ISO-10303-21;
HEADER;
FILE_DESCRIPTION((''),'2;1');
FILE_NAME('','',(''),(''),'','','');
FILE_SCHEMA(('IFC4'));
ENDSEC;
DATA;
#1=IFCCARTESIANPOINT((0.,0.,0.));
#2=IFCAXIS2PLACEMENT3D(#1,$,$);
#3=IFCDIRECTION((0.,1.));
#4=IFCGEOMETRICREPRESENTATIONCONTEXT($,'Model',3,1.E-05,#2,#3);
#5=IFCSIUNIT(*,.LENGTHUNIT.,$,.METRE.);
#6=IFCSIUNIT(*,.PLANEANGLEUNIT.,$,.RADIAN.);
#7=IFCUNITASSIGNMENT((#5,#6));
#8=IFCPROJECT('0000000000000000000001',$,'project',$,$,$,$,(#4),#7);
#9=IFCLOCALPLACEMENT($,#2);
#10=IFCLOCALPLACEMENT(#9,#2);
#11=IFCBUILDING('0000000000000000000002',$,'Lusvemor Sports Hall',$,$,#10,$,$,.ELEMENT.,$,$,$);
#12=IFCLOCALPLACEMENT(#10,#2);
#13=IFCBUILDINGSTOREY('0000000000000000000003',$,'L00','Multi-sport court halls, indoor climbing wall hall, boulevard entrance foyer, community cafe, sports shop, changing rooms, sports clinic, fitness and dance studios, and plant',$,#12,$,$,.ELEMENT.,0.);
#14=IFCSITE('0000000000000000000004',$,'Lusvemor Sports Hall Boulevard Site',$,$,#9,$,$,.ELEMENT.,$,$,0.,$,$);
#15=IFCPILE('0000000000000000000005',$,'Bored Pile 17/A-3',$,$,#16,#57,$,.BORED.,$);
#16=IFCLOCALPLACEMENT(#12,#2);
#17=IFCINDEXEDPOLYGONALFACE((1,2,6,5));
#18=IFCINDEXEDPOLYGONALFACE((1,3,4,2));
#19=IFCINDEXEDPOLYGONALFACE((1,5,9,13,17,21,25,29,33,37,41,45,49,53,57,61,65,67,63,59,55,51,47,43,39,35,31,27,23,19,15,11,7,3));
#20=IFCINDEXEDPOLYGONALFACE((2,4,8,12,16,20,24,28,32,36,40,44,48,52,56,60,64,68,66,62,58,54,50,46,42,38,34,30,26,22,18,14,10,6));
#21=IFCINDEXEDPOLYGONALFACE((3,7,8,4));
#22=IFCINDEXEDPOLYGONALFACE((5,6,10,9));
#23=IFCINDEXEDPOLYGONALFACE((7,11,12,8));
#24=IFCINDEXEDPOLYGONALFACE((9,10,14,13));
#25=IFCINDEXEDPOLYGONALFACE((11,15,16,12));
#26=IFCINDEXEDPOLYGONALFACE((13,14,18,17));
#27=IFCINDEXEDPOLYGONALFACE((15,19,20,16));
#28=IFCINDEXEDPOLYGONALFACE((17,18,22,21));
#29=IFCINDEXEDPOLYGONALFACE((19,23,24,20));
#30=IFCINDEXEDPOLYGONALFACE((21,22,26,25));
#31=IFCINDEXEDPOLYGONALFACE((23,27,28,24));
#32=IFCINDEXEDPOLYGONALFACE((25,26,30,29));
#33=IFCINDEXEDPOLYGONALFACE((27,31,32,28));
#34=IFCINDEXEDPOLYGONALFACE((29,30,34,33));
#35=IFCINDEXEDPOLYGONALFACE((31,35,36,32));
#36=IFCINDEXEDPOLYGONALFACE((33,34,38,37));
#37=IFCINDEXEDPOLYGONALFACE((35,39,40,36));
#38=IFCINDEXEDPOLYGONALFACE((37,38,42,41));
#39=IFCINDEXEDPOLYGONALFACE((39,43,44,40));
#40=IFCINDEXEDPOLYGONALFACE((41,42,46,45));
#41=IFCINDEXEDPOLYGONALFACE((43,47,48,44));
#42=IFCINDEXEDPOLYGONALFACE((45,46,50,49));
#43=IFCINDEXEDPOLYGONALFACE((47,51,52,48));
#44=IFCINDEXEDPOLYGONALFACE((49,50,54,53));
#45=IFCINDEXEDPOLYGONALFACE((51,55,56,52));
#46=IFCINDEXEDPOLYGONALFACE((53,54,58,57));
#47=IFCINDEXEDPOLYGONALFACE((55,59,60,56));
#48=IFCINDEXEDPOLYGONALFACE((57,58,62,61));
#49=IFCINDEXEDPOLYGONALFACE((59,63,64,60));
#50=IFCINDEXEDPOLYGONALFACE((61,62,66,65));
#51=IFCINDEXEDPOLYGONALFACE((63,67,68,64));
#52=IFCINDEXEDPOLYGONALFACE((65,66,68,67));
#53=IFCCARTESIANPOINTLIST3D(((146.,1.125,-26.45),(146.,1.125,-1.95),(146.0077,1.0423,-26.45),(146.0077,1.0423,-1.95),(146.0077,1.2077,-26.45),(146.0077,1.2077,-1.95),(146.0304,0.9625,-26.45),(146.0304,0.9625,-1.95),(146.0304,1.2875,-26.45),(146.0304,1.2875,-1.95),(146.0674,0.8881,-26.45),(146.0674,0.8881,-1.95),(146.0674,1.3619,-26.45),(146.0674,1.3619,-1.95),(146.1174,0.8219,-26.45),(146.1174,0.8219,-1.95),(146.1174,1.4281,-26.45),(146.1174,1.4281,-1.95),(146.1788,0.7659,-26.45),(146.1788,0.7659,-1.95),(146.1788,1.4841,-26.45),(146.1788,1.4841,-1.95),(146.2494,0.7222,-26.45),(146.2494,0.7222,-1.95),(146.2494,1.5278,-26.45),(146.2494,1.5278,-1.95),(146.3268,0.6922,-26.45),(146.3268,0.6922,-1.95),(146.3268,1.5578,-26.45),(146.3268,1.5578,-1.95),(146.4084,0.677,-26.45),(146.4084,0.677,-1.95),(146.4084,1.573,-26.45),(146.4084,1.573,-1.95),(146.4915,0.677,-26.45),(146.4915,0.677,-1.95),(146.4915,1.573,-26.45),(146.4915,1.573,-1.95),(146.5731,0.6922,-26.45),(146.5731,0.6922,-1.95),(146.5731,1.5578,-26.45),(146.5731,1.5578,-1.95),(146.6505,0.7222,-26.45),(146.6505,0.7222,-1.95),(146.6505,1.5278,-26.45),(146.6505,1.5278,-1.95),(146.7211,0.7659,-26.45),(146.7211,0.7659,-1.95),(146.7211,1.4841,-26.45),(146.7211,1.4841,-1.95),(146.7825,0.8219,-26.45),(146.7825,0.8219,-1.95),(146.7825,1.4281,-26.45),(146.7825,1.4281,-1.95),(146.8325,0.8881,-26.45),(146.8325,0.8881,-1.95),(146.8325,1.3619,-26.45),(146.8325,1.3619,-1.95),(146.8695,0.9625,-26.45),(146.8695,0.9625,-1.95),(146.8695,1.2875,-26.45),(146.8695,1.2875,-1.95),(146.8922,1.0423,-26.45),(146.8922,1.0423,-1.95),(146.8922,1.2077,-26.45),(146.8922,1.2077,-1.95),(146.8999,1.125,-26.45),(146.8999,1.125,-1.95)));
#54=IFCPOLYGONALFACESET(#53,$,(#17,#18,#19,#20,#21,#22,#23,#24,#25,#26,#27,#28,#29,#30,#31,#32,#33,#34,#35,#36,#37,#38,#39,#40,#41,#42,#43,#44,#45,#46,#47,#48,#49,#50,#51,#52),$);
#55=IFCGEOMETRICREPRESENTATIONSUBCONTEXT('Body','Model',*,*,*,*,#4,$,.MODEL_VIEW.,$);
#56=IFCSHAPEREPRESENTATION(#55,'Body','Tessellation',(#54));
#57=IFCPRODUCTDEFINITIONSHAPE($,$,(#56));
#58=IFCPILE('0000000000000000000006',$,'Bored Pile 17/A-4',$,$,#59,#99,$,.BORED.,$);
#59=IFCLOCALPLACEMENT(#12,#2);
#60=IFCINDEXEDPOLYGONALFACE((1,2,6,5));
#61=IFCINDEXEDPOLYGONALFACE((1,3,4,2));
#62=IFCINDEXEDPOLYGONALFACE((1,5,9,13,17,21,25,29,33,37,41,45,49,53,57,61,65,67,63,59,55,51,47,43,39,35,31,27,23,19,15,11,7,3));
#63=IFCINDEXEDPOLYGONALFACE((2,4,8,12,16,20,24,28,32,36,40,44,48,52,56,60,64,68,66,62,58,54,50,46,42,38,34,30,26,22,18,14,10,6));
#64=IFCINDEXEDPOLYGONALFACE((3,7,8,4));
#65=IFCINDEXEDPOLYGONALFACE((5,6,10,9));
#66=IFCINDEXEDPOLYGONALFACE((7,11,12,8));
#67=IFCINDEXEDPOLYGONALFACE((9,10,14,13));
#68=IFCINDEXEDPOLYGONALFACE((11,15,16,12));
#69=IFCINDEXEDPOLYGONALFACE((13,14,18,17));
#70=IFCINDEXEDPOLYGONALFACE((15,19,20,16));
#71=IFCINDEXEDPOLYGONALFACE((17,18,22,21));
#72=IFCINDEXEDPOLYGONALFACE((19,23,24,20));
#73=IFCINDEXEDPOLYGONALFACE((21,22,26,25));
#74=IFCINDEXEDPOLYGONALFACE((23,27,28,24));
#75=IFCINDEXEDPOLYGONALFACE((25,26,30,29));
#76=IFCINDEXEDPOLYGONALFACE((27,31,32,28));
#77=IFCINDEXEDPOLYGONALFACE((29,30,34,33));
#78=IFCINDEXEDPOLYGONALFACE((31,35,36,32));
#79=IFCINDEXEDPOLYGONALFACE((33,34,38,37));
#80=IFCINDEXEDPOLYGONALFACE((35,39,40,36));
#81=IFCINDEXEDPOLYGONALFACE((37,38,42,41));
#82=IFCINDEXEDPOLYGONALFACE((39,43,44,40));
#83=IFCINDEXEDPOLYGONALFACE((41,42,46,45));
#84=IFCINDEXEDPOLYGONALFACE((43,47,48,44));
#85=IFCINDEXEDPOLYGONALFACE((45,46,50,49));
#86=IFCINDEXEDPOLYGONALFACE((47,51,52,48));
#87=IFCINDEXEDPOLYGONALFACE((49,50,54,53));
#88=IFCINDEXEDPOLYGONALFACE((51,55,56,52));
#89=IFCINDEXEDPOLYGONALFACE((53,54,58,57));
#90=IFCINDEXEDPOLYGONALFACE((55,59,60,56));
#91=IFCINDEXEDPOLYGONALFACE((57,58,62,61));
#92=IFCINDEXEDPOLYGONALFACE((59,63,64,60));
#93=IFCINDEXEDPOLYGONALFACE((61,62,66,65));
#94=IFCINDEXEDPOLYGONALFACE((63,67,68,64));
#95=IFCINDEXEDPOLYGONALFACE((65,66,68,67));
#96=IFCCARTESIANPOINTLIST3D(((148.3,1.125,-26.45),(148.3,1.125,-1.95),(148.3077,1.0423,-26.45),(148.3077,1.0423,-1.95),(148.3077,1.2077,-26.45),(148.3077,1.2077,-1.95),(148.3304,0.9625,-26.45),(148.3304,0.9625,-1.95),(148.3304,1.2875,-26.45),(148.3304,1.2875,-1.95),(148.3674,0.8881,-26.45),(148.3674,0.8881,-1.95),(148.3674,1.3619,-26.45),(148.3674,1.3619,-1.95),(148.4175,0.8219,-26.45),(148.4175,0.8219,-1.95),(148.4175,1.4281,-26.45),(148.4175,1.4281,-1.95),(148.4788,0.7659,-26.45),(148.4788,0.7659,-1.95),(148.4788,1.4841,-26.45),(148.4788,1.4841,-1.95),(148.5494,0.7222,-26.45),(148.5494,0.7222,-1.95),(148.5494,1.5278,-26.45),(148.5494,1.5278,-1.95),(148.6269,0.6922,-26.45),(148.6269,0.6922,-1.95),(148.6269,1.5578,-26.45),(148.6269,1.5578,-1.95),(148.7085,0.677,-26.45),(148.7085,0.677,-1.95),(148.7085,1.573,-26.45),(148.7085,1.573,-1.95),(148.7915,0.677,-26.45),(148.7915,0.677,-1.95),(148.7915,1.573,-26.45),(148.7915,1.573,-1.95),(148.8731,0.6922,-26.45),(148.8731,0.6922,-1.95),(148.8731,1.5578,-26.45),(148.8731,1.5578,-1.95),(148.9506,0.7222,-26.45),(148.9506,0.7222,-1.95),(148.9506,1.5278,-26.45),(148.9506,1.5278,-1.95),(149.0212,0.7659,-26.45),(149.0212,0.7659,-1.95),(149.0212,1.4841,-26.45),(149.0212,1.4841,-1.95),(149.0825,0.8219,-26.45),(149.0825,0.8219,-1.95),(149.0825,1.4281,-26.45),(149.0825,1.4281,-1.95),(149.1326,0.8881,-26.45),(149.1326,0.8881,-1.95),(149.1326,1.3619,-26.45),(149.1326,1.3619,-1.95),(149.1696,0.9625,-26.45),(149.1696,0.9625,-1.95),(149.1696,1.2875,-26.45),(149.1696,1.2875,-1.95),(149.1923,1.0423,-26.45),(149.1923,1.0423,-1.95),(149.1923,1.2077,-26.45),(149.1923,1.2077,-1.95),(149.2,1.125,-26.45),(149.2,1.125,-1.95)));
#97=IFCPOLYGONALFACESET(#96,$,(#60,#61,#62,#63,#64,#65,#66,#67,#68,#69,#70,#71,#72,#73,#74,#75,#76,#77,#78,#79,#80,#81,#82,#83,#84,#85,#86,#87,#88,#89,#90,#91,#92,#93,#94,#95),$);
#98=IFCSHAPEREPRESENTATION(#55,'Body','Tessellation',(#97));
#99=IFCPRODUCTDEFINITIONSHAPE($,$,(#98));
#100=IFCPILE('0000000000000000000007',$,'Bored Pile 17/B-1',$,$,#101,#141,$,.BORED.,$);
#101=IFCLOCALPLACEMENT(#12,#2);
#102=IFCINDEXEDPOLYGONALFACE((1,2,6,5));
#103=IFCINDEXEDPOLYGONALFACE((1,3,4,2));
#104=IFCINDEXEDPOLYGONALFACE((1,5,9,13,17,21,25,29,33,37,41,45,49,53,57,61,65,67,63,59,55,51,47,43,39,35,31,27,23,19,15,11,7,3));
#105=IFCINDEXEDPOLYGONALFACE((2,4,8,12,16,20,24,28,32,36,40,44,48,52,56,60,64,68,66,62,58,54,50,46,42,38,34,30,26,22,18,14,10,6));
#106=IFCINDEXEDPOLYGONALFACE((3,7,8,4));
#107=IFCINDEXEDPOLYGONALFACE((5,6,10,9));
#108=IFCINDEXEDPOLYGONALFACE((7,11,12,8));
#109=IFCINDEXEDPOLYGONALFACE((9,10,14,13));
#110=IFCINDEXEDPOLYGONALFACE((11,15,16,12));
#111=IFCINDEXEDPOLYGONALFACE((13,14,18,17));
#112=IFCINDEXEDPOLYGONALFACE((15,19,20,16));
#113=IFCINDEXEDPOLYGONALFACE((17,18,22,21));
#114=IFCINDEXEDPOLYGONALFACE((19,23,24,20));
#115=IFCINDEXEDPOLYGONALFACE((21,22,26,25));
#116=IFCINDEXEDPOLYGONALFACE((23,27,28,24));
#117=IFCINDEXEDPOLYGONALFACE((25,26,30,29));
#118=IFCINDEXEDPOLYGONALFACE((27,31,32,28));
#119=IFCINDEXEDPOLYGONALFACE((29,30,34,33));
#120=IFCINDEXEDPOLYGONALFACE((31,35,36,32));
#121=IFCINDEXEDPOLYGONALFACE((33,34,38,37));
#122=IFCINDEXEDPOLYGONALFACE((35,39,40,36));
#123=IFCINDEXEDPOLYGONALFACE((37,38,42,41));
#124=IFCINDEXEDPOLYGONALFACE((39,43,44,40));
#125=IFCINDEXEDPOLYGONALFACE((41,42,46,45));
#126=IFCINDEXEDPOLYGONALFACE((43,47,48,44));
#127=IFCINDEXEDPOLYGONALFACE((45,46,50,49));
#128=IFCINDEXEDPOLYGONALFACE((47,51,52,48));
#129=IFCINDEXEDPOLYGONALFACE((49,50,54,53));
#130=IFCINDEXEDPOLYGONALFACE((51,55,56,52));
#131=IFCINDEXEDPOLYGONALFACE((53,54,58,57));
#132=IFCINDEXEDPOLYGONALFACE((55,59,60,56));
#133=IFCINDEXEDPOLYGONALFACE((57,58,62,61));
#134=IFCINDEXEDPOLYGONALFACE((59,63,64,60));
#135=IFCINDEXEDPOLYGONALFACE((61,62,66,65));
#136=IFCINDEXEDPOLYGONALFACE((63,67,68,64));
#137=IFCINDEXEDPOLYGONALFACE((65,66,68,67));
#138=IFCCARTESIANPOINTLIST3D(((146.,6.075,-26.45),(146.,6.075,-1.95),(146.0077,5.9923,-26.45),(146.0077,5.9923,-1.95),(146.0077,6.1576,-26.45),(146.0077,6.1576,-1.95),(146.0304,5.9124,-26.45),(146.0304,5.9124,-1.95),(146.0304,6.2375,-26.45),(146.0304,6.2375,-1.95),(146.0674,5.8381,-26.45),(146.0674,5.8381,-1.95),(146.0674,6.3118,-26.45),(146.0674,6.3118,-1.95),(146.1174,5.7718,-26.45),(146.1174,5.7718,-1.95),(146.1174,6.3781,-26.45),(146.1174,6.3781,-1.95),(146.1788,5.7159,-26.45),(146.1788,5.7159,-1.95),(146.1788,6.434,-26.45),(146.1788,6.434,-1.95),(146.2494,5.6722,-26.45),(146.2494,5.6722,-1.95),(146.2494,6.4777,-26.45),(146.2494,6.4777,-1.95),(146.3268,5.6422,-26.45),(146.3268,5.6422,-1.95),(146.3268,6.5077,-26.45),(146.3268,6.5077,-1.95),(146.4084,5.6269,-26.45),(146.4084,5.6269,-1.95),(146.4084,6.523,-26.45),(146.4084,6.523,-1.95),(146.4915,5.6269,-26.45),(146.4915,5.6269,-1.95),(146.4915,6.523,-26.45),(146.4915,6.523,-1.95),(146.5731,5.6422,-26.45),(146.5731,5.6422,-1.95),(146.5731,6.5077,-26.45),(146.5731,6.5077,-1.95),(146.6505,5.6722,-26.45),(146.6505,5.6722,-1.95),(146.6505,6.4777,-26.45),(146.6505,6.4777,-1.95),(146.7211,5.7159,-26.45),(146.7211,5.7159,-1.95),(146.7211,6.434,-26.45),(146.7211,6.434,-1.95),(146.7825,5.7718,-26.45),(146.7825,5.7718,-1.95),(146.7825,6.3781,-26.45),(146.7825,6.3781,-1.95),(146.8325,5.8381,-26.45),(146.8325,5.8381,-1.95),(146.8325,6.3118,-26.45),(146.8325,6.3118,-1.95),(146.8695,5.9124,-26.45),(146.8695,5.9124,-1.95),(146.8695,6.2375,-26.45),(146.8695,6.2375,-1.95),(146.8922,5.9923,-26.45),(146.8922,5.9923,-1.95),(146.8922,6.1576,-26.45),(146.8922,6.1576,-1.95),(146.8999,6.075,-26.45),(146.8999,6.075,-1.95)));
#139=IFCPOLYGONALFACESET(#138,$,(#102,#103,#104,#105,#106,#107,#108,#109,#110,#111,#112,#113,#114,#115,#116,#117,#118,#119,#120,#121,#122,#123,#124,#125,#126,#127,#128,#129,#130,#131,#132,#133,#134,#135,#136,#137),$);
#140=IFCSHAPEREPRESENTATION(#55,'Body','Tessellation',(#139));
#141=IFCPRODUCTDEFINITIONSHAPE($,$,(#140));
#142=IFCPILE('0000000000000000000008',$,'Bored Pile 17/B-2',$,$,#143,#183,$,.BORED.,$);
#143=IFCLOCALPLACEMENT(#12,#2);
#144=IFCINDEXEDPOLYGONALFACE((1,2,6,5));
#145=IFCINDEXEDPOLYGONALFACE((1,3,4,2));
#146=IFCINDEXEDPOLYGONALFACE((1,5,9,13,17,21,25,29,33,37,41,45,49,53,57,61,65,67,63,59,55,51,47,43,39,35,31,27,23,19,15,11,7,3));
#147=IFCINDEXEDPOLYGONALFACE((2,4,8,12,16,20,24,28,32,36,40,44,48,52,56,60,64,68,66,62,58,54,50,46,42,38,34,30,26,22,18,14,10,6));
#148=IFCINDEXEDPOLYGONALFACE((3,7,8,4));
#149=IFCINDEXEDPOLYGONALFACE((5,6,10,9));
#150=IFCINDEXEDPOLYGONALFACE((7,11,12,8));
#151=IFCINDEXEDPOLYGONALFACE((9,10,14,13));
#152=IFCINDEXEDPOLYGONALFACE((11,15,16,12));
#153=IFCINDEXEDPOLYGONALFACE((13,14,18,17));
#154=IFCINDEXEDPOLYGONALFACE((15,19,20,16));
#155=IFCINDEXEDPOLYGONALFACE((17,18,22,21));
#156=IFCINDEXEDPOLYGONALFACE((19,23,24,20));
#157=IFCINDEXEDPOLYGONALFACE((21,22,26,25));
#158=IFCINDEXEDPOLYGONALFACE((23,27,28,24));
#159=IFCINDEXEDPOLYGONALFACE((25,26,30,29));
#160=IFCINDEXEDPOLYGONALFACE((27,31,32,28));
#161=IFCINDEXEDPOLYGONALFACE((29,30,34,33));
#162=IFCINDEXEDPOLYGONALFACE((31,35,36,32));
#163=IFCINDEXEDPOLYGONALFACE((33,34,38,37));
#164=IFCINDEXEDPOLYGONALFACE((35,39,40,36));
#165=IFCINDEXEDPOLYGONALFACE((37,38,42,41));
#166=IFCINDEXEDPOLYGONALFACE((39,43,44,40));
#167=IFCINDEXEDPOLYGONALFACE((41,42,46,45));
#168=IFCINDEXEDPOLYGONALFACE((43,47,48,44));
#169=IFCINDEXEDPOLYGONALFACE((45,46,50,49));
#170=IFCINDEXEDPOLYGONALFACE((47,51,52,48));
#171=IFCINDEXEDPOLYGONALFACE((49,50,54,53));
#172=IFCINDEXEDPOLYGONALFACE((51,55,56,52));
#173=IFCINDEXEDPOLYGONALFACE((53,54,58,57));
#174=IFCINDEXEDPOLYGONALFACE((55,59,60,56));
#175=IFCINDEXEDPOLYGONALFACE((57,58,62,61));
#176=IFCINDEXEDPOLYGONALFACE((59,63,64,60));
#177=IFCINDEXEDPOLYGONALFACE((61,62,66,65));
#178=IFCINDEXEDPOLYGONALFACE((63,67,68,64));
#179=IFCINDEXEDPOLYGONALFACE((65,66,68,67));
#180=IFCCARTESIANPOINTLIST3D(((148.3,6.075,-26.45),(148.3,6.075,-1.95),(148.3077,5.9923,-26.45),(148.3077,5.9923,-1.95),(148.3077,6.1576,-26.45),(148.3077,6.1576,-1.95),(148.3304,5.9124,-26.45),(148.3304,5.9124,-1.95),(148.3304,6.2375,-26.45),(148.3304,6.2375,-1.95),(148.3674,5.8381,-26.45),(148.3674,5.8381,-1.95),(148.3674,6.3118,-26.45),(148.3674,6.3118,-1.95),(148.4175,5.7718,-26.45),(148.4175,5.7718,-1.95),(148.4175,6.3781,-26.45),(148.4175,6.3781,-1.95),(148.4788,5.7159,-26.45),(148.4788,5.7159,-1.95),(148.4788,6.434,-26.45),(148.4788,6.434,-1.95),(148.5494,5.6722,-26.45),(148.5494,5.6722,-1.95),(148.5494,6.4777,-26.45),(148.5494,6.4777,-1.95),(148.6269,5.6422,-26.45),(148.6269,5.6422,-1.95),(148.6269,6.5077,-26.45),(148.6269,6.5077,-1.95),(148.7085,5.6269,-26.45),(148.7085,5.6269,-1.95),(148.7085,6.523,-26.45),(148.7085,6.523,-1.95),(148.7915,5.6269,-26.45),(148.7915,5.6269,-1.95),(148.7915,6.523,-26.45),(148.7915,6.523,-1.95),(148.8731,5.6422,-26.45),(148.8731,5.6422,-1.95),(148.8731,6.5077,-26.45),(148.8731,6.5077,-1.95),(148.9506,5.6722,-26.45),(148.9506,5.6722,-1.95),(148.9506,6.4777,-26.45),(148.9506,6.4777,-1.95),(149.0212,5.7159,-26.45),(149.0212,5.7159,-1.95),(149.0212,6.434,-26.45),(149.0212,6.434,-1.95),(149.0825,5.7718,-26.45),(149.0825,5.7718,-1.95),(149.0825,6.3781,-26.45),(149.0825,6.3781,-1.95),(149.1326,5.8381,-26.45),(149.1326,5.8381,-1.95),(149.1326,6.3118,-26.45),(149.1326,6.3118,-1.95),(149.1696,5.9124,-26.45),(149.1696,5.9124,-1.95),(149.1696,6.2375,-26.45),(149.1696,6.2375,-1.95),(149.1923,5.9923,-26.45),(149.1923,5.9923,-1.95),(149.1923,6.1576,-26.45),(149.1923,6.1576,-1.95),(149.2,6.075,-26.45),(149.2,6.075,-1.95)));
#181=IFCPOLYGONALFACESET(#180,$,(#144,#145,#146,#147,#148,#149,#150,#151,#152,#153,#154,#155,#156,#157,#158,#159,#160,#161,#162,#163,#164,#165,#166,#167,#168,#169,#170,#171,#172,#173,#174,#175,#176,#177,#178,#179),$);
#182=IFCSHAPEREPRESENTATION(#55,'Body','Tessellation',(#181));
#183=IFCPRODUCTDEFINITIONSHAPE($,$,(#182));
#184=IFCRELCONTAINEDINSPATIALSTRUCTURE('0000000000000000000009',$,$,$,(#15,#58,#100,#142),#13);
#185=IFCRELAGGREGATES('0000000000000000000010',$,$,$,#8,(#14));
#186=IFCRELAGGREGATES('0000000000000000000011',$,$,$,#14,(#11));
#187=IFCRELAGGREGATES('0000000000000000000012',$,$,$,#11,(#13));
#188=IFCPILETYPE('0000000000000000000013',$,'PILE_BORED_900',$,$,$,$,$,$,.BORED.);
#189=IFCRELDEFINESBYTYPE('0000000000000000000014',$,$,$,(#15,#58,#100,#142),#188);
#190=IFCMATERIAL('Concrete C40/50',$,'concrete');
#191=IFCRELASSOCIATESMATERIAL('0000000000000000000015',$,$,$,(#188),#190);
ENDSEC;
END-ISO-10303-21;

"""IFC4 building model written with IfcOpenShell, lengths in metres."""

from ifc_helpers import new_model, si_unit, direction, frame, origin, origin_2d, place, context, subcontext, project, spatial, circle, extrude, material, material_profile, profile_set, type_object, element, save


model = new_model("IFC4")

# Units and contexts
model_context = context("Model", 3, precision=1e-05, world=origin(), true_north=direction((0.0, 1.0)))
body_context = subcontext(model_context, "Body", "Model", "MODEL_VIEW")
ifc_project = project(units=[si_unit("LENGTHUNIT", "METRE"), si_unit("PLANEANGLEUNIT", "RADIAN")], contexts=[model_context])

# Site, building, storey
site_placement = place(None, origin())
site = spatial("IfcSite", under=ifc_project, at=site_placement, Name="Lusvemor Sports Hall Boulevard Site", CompositionType="ELEMENT", RefElevation=0.0)
building_placement = place(site_placement, origin())
building = spatial("IfcBuilding", under=site, at=building_placement, Name="Lusvemor Sports Hall", CompositionType="ELEMENT")
storey_placement = place(building_placement, origin())
storey = spatial("IfcBuildingStorey", under=building, at=storey_placement, Name="L00", Description="Multi-sport court halls, indoor climbing wall hall, boulevard entrance foyer, community cafe, sports shop, changing rooms, sports clinic, fitness and dance studios, and plant", CompositionType="ELEMENT", Elevation=0.0)

# Piles
ifc_material_1 = material(Name="Concrete C40/50", Category="concrete")
ifc_material_profile_1 = material_profile(ifc_material_1, circle(Radius=0.45, at=origin_2d()), Name="PILE900")
ifc_profile_set_1 = profile_set([ifc_material_profile_1], Name="Concrete C40/50")
pile_type = type_object("IfcPileType", Name="PILE_BORED_900", PredefinedType="BORED", material=ifc_profile_set_1)
for number, where, z_axis, x_axis, name in (
    (1, (146.45, 1.125, -1.95), (0.0, 0.0, -1.0), (1.0, 0.0, 0.0), "Bored Pile 17/A-3"),
    (2, (148.75, 1.125, -1.95), (0.0, 0.0, -1.0), (1.0, 0.0, 0.0), "Bored Pile 17/A-4"),
    (3, (146.45, 6.075, -1.95), (0.0, 0.0, -1.0), (1.0, 0.0, 0.0), "Bored Pile 17/B-1"),
    (4, (148.75, 6.075, -1.95), (0.0, 0.0, -1.0), (1.0, 0.0, 0.0), "Bored Pile 17/B-2"),
):
    element("IfcPile", number, at=place(storey_placement, frame(where, z_axis=z_axis, x_axis=x_axis)), inside=storey, type_object=pile_type, Name=name, PredefinedType="BORED", context=body_context, shape_type="SweptSolid", body=[
        extrude(circle(Radius=0.45, at=origin_2d()), origin(), (0.0, 0.0, 1.0), 24.5),
    ])

save(model, "model.ifc")
